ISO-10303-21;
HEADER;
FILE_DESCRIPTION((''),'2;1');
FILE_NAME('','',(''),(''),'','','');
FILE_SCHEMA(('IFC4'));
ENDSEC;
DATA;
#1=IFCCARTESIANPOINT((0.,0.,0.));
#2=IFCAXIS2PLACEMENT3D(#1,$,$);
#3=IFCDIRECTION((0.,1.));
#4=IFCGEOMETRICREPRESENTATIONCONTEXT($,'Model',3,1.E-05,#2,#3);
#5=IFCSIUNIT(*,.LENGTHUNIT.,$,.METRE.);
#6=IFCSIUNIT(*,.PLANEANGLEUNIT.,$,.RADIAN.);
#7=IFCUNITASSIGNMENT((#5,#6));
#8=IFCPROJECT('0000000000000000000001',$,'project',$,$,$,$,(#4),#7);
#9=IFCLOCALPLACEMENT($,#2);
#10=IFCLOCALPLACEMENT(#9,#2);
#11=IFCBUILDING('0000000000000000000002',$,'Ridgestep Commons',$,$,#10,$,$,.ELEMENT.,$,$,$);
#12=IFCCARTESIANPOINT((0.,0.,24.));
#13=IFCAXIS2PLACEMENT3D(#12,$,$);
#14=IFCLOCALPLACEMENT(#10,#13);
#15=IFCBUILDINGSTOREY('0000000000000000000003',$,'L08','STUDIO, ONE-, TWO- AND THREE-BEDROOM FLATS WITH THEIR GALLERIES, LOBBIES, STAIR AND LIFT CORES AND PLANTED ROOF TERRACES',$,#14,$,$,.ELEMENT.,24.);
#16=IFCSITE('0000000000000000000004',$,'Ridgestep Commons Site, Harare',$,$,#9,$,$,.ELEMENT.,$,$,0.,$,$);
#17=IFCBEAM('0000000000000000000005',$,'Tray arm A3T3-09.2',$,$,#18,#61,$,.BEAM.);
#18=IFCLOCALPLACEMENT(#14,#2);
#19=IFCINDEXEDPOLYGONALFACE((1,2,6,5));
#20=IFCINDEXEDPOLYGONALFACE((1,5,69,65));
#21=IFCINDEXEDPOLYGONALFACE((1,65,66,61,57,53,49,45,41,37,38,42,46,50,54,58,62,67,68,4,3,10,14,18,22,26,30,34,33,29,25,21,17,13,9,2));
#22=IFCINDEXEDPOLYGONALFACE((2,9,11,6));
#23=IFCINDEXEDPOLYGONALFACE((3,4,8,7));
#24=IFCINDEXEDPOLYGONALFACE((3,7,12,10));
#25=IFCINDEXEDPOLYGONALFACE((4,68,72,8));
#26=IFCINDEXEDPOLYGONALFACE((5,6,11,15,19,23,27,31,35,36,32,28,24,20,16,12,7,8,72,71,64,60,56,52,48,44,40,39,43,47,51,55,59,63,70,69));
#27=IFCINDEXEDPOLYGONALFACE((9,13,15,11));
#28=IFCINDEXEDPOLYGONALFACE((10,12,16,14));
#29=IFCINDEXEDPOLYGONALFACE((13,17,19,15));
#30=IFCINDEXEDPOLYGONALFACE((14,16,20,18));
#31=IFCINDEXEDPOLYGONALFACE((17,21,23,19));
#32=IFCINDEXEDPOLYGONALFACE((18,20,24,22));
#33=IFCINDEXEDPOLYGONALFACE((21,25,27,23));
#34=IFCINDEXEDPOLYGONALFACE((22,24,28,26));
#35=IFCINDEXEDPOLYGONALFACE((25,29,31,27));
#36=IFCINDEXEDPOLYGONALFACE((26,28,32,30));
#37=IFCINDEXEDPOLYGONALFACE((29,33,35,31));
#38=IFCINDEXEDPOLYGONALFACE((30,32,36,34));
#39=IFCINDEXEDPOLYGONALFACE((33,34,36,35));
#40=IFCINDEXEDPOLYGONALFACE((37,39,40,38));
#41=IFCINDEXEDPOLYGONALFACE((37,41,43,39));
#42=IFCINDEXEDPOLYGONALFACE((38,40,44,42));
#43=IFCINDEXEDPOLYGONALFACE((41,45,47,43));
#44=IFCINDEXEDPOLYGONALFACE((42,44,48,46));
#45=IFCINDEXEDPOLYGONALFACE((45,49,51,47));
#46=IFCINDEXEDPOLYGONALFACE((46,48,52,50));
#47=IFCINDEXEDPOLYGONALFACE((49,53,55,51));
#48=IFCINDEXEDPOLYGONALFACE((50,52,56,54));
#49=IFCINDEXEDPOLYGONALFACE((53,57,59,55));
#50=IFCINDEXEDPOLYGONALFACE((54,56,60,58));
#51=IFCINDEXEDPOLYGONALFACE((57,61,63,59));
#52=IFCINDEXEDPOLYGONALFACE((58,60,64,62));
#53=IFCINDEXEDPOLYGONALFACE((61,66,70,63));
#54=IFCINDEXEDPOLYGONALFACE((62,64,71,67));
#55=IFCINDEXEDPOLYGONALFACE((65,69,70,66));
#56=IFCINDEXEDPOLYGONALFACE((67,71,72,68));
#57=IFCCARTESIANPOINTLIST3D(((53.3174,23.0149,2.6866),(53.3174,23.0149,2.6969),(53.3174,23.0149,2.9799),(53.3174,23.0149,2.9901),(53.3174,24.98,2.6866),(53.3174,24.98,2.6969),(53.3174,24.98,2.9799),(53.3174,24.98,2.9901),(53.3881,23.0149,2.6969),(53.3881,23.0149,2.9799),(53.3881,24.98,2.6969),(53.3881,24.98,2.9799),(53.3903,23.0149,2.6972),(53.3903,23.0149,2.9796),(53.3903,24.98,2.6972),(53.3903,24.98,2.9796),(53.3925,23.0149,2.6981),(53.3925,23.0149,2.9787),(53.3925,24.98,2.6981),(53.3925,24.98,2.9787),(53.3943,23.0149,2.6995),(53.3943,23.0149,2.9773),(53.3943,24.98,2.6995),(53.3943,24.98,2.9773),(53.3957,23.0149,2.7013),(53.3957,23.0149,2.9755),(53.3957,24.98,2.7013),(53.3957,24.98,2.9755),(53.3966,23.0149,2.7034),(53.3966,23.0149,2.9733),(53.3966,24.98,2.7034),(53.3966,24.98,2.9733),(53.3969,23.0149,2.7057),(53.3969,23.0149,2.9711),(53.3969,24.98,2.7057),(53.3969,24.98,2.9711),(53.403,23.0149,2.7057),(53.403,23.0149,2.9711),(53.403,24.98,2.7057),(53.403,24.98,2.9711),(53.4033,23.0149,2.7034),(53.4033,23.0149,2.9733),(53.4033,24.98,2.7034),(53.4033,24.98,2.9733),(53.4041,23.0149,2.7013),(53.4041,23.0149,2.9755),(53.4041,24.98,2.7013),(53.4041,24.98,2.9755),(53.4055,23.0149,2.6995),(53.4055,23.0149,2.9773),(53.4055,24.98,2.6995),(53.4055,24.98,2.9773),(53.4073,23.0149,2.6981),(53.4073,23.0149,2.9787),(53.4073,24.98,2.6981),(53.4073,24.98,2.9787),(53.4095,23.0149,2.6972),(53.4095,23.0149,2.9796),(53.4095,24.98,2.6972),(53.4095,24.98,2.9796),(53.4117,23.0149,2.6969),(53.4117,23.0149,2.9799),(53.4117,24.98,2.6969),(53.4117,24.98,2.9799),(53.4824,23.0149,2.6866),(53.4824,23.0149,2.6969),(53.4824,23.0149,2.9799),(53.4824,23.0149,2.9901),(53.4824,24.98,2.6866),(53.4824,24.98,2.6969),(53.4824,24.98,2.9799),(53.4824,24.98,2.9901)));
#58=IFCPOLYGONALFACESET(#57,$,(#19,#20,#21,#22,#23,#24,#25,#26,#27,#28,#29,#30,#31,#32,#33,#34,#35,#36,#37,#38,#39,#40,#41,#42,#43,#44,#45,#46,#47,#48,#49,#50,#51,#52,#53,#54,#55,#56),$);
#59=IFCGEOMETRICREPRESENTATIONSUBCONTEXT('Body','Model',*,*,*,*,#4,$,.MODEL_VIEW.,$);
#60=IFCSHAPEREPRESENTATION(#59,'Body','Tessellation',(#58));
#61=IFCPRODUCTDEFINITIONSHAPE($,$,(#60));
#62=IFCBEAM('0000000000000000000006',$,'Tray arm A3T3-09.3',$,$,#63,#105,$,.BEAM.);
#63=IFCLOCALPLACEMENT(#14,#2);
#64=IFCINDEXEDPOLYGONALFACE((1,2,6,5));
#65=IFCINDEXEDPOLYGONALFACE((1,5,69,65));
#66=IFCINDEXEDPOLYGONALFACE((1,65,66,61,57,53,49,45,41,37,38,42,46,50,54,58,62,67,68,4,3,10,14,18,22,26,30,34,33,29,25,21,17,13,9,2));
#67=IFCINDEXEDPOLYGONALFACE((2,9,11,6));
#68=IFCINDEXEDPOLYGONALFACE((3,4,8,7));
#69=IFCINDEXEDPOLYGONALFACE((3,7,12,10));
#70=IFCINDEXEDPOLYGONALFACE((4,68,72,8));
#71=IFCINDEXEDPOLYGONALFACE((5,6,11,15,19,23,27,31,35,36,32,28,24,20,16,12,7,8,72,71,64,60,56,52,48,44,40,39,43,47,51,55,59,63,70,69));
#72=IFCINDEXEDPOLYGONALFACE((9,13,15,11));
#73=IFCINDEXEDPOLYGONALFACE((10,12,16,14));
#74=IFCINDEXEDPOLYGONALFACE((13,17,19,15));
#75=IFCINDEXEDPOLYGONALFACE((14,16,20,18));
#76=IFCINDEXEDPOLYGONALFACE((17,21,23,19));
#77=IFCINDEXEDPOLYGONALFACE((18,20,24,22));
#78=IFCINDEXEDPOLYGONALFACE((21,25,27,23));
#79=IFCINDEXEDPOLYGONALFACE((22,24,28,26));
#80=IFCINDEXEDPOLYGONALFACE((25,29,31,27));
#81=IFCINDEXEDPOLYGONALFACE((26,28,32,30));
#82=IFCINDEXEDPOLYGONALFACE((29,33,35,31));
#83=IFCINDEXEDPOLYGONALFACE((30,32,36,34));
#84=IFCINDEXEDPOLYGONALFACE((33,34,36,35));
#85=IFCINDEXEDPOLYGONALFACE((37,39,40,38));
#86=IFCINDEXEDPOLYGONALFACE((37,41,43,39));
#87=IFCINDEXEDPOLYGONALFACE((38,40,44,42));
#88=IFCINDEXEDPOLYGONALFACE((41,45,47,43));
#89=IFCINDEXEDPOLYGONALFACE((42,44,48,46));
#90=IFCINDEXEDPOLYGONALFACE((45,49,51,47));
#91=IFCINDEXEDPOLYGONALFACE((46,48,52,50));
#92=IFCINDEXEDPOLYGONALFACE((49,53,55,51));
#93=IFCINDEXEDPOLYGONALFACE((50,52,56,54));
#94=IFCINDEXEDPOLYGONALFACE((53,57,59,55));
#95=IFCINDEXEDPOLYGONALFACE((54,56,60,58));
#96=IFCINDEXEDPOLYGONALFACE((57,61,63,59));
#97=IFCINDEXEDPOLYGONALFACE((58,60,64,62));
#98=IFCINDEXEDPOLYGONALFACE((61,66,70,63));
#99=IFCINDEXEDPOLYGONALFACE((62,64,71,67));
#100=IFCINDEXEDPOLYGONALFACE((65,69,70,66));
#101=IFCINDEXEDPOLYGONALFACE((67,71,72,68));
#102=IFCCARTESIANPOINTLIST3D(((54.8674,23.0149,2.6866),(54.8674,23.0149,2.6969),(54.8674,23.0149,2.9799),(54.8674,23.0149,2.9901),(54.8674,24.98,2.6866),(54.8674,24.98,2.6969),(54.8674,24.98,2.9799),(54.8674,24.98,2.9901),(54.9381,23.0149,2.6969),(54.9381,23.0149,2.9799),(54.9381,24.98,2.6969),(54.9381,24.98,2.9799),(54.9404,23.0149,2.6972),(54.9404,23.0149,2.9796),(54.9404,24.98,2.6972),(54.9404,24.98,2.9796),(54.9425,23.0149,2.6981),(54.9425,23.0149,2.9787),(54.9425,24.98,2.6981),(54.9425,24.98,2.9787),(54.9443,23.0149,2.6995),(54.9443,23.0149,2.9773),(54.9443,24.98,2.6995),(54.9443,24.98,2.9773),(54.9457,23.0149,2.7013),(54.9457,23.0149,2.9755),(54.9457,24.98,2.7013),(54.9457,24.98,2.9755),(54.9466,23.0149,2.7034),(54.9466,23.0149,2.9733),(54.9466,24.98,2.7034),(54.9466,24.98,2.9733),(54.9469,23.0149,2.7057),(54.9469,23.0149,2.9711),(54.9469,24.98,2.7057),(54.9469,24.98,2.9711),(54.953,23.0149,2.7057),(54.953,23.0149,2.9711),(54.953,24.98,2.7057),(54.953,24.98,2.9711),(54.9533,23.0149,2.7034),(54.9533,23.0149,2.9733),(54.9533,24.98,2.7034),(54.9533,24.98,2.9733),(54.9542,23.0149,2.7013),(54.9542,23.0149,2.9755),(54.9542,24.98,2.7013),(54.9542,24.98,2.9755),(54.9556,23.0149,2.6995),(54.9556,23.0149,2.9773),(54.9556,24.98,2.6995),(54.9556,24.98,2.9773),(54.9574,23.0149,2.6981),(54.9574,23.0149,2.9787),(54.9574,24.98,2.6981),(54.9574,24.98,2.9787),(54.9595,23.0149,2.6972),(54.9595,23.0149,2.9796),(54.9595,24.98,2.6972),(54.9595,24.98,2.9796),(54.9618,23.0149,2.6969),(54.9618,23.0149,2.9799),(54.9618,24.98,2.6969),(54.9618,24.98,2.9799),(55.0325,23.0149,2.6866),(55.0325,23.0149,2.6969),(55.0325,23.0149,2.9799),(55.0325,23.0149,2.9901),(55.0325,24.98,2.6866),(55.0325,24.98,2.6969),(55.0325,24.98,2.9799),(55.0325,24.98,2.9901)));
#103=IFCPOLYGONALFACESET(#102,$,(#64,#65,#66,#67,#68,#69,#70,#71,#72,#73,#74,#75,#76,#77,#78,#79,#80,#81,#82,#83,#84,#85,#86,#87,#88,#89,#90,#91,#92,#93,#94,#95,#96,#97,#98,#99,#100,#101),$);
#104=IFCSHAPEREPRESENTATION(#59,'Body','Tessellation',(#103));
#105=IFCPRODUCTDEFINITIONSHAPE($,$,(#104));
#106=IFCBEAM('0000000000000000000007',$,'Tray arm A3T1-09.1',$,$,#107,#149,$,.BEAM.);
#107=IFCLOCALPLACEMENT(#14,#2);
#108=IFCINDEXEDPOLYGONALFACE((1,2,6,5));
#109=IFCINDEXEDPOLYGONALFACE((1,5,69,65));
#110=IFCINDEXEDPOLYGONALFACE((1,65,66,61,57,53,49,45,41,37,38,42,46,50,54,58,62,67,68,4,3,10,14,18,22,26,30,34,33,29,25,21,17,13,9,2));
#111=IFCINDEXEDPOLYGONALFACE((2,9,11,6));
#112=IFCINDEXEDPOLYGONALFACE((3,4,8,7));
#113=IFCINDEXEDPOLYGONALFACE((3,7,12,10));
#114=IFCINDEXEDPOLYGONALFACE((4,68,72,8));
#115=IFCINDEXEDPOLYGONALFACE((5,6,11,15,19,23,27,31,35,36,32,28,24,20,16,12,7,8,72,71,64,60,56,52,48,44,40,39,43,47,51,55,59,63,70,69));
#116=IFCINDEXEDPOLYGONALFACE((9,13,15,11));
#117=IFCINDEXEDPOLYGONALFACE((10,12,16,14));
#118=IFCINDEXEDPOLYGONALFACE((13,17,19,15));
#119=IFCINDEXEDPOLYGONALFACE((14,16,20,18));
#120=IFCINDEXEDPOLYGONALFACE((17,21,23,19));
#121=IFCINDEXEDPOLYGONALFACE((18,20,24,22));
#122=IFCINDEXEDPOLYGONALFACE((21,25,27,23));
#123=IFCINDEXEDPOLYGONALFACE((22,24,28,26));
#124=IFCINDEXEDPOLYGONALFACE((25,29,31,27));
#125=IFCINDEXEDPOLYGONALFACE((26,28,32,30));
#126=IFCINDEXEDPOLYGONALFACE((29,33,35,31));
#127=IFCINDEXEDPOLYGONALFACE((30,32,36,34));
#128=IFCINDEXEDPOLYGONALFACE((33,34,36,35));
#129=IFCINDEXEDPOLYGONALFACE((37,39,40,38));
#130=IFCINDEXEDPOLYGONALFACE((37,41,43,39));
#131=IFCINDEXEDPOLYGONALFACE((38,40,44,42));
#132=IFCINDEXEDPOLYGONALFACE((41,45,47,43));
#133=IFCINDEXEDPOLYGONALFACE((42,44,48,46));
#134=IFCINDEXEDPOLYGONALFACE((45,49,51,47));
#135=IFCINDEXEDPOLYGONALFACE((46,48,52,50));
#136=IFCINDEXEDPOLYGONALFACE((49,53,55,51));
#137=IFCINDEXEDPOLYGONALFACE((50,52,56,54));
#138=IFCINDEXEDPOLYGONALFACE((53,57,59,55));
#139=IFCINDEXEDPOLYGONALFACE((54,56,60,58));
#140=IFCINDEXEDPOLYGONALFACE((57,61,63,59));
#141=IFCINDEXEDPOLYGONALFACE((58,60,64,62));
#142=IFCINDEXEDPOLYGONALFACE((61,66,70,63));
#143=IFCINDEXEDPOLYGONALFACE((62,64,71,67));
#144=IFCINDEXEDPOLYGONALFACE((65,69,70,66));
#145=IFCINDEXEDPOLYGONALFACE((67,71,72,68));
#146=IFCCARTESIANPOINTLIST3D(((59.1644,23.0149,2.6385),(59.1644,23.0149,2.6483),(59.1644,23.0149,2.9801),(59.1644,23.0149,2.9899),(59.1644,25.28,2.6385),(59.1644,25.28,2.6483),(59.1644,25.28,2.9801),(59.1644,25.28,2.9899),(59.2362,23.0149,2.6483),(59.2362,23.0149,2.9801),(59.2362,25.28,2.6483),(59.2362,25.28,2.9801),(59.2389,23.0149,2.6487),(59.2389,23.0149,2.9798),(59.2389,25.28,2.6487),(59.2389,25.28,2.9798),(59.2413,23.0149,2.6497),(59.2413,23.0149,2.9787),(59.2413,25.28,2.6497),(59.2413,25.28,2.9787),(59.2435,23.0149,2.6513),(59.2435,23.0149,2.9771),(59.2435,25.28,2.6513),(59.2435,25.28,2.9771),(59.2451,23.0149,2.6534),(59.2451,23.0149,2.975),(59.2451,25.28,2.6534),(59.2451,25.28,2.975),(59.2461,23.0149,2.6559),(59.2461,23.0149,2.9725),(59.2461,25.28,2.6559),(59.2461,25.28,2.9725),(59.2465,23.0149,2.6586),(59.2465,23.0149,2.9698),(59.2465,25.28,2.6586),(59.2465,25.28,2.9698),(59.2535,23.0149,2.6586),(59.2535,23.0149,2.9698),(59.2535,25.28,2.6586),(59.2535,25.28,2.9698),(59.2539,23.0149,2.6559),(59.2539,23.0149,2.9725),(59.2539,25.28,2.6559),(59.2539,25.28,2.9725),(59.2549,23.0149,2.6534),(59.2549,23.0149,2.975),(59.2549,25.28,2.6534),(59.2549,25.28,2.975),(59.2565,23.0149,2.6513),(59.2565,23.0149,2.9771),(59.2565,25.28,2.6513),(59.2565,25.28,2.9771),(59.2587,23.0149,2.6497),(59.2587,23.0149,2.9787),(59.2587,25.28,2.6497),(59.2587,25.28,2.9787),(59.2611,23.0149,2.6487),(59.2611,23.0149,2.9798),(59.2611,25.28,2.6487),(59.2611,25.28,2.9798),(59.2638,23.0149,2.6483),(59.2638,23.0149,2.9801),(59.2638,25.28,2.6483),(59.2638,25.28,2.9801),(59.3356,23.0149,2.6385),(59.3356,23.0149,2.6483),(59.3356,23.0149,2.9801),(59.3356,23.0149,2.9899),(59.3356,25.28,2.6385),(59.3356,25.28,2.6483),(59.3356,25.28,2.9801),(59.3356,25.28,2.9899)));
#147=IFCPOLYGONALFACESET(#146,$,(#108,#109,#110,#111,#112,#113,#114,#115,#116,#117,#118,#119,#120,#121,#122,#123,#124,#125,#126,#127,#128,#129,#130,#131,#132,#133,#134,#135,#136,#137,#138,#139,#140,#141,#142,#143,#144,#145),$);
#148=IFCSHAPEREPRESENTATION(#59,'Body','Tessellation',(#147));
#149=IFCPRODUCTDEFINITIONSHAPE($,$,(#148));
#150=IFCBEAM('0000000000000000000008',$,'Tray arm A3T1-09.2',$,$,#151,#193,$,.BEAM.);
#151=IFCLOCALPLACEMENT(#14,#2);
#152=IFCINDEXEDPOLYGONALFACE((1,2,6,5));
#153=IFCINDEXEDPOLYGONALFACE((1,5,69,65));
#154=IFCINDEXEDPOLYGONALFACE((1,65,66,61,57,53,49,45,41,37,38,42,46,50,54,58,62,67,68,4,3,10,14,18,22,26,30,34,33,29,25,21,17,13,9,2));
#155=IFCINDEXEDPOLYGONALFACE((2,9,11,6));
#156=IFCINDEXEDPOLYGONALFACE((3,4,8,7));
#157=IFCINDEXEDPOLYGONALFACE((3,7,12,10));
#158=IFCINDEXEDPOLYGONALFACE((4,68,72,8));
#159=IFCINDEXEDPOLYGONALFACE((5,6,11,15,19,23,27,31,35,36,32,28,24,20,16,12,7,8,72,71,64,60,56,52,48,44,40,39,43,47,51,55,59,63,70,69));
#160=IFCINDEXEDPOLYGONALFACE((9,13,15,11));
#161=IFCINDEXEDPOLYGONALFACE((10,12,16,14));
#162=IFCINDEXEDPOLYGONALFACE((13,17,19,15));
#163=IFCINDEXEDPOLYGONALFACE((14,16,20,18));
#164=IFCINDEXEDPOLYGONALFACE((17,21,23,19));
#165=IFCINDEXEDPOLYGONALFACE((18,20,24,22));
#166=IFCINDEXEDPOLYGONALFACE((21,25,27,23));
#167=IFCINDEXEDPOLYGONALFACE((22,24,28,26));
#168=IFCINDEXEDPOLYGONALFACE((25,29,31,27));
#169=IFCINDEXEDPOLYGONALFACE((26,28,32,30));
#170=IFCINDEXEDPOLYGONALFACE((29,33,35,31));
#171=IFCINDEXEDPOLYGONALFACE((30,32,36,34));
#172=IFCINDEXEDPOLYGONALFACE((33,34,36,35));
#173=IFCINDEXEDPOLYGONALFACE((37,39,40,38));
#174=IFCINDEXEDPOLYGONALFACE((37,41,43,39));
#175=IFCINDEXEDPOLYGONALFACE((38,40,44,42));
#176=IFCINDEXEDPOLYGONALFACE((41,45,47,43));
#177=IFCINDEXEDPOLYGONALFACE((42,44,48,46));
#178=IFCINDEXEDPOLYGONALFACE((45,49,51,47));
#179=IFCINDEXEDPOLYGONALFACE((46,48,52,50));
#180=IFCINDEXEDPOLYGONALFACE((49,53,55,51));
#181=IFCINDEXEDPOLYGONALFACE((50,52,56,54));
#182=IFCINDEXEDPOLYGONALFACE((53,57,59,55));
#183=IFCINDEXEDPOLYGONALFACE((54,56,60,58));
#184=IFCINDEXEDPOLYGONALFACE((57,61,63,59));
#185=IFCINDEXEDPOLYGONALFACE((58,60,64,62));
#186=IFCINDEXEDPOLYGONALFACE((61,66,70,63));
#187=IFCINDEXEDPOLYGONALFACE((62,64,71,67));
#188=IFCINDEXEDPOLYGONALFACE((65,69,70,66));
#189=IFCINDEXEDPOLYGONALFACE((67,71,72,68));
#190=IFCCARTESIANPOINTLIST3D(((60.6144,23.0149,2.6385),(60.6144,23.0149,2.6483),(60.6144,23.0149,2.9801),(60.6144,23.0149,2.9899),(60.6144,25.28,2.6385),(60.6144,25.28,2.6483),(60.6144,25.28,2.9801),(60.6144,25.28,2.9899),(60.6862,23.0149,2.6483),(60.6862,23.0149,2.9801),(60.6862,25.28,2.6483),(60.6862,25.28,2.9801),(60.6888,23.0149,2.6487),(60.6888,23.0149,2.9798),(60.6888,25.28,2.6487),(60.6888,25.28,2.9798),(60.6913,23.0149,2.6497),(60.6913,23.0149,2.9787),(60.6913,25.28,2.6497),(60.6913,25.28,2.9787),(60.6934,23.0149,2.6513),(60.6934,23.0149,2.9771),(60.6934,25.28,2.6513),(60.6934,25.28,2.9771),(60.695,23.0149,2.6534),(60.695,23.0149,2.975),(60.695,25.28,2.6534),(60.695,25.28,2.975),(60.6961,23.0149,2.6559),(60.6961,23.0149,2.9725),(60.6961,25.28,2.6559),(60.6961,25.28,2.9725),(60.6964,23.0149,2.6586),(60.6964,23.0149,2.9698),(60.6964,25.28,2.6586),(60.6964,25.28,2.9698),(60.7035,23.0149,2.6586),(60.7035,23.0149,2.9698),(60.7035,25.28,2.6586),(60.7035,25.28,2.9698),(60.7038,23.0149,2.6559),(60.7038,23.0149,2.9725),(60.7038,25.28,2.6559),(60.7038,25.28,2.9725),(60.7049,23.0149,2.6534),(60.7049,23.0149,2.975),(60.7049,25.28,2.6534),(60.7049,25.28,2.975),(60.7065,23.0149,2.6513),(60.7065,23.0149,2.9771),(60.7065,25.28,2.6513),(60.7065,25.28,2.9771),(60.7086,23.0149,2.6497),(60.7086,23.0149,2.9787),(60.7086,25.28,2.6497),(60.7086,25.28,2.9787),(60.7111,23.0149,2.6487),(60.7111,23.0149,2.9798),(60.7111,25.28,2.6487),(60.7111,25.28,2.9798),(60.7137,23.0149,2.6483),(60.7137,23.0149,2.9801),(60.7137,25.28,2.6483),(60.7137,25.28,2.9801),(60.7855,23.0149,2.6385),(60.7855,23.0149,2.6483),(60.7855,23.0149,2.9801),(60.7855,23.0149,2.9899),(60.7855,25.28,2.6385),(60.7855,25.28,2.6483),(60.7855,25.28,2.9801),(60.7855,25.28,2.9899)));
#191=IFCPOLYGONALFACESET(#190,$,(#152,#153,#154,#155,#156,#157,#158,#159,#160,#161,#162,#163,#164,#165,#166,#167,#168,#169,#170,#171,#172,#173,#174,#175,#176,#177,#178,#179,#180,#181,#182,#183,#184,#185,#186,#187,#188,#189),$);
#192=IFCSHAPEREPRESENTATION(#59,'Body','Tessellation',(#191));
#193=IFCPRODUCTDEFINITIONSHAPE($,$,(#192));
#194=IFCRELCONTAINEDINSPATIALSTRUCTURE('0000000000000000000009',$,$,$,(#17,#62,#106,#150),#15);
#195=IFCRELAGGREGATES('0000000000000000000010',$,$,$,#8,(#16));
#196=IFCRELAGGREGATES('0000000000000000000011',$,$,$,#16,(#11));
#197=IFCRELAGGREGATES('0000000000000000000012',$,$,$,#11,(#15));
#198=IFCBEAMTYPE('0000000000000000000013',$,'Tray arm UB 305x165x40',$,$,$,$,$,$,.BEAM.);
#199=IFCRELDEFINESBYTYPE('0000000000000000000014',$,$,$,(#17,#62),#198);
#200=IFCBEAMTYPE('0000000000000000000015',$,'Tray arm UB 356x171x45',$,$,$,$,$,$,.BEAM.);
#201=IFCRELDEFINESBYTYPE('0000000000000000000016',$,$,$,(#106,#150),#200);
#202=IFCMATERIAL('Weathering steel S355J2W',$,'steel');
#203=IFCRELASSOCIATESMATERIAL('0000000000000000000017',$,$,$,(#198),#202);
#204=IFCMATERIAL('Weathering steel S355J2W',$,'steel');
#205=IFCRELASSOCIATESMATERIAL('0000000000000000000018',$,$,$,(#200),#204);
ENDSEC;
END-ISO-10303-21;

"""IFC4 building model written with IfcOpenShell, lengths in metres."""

from ifc_helpers import new_model, si_unit, direction, frame, origin, origin_2d, place, context, subcontext, project, spatial, i_section, extrude, material, material_profile, profile_set, type_object, element, save


model = new_model("IFC4")

# Units and contexts
model_context = context("Model", 3, precision=1e-05, world=origin(), true_north=direction((0.0, 1.0)))
body_context = subcontext(model_context, "Body", "Model", "MODEL_VIEW")
ifc_project = project(units=[si_unit("LENGTHUNIT", "METRE"), si_unit("PLANEANGLEUNIT", "RADIAN")], contexts=[model_context])

# Site, building, storey
site_placement = place(None, origin())
site = spatial("IfcSite", under=ifc_project, at=site_placement, Name="Ridgestep Commons Site, Harare", CompositionType="ELEMENT", RefElevation=0.0)
building_placement = place(site_placement, origin())
building = spatial("IfcBuilding", under=site, at=building_placement, Name="Ridgestep Commons", CompositionType="ELEMENT")
storey_placement = place(building_placement, frame((0.0, 0.0, 24.0)))
storey = spatial("IfcBuildingStorey", under=building, at=storey_placement, Name="L08", Description="STUDIO, ONE-, TWO- AND THREE-BEDROOM FLATS WITH THEIR GALLERIES, LOBBIES, STAIR AND LIFT CORES AND PLANTED ROOF TERRACES", CompositionType="ELEMENT", Elevation=24.0)

# Beams
ifc_material_1 = material(Name="Weathering steel S355J2W", Category="steel")
ifc_material_profile_1 = material_profile(ifc_material_1, i_section(OverallWidth=0.165, OverallDepth=0.3035, WebThickness=0.0061, FlangeThickness=0.0103, FilletRadius=0.0088, at=origin_2d()), Name="UB 305x165x40")
ifc_profile_set_1 = profile_set([ifc_material_profile_1], Name="Weathering steel S355J2W")
beam_type_1 = type_object("IfcBeamType", Name="Tray arm UB 305x165x40", PredefinedType="BEAM", material=ifc_profile_set_1)
for number, where, z_axis, x_axis, name in (
    (1, (53.3999, 23.0149, 2.8384), (0.0, 1.0, 0.0), (-1.0, 0.0, 0.0), "Tray arm A3T3-09.2"),
    (2, (54.95, 23.0149, 2.8384), (0.0, 1.0, 0.0), (-1.0, 0.0, 0.0), "Tray arm A3T3-09.3"),
):
    element("IfcBeam", number, at=place(storey_placement, frame(where, z_axis=z_axis, x_axis=x_axis)), inside=storey, type_object=beam_type_1, Name=name, PredefinedType="BEAM", context=body_context, shape_type="SweptSolid", body=[
        extrude(i_section(OverallWidth=0.165, OverallDepth=0.3035, WebThickness=0.0061, FlangeThickness=0.0103, FilletRadius=0.0088, at=origin_2d()), origin(), (0.0, 0.0, 1.0), 1.9651),
    ])
ifc_material_2 = material(Name="Weathering steel S355J2W", Category="steel")
ifc_material_profile_2 = material_profile(ifc_material_2, i_section(OverallWidth=0.1711, OverallDepth=0.3513, WebThickness=0.0071, FlangeThickness=0.0098, FilletRadius=0.0103, at=origin_2d()), Name="UB 356x171x45")
ifc_profile_set_2 = profile_set([ifc_material_profile_2], Name="Weathering steel S355J2W")
beam_type_2 = type_object("IfcBeamType", Name="Tray arm UB 356x171x45", PredefinedType="BEAM", material=ifc_profile_set_2)
for number, where, z_axis, x_axis, name in (
    (3, (59.25, 23.0149, 2.8142), (0.0, 1.0, 0.0), (-1.0, 0.0, 0.0), "Tray arm A3T1-09.1"),
    (4, (60.7, 23.0149, 2.8142), (0.0, 1.0, 0.0), (-1.0, 0.0, 0.0), "Tray arm A3T1-09.2"),
):
    element("IfcBeam", number, at=place(storey_placement, frame(where, z_axis=z_axis, x_axis=x_axis)), inside=storey, type_object=beam_type_2, Name=name, PredefinedType="BEAM", context=body_context, shape_type="SweptSolid", body=[
        extrude(i_section(OverallWidth=0.1711, OverallDepth=0.3513, WebThickness=0.0071, FlangeThickness=0.0098, FilletRadius=0.0103, at=origin_2d()), origin(), (0.0, 0.0, 1.0), 2.2651),
    ])

save(model, "model.ifc")
